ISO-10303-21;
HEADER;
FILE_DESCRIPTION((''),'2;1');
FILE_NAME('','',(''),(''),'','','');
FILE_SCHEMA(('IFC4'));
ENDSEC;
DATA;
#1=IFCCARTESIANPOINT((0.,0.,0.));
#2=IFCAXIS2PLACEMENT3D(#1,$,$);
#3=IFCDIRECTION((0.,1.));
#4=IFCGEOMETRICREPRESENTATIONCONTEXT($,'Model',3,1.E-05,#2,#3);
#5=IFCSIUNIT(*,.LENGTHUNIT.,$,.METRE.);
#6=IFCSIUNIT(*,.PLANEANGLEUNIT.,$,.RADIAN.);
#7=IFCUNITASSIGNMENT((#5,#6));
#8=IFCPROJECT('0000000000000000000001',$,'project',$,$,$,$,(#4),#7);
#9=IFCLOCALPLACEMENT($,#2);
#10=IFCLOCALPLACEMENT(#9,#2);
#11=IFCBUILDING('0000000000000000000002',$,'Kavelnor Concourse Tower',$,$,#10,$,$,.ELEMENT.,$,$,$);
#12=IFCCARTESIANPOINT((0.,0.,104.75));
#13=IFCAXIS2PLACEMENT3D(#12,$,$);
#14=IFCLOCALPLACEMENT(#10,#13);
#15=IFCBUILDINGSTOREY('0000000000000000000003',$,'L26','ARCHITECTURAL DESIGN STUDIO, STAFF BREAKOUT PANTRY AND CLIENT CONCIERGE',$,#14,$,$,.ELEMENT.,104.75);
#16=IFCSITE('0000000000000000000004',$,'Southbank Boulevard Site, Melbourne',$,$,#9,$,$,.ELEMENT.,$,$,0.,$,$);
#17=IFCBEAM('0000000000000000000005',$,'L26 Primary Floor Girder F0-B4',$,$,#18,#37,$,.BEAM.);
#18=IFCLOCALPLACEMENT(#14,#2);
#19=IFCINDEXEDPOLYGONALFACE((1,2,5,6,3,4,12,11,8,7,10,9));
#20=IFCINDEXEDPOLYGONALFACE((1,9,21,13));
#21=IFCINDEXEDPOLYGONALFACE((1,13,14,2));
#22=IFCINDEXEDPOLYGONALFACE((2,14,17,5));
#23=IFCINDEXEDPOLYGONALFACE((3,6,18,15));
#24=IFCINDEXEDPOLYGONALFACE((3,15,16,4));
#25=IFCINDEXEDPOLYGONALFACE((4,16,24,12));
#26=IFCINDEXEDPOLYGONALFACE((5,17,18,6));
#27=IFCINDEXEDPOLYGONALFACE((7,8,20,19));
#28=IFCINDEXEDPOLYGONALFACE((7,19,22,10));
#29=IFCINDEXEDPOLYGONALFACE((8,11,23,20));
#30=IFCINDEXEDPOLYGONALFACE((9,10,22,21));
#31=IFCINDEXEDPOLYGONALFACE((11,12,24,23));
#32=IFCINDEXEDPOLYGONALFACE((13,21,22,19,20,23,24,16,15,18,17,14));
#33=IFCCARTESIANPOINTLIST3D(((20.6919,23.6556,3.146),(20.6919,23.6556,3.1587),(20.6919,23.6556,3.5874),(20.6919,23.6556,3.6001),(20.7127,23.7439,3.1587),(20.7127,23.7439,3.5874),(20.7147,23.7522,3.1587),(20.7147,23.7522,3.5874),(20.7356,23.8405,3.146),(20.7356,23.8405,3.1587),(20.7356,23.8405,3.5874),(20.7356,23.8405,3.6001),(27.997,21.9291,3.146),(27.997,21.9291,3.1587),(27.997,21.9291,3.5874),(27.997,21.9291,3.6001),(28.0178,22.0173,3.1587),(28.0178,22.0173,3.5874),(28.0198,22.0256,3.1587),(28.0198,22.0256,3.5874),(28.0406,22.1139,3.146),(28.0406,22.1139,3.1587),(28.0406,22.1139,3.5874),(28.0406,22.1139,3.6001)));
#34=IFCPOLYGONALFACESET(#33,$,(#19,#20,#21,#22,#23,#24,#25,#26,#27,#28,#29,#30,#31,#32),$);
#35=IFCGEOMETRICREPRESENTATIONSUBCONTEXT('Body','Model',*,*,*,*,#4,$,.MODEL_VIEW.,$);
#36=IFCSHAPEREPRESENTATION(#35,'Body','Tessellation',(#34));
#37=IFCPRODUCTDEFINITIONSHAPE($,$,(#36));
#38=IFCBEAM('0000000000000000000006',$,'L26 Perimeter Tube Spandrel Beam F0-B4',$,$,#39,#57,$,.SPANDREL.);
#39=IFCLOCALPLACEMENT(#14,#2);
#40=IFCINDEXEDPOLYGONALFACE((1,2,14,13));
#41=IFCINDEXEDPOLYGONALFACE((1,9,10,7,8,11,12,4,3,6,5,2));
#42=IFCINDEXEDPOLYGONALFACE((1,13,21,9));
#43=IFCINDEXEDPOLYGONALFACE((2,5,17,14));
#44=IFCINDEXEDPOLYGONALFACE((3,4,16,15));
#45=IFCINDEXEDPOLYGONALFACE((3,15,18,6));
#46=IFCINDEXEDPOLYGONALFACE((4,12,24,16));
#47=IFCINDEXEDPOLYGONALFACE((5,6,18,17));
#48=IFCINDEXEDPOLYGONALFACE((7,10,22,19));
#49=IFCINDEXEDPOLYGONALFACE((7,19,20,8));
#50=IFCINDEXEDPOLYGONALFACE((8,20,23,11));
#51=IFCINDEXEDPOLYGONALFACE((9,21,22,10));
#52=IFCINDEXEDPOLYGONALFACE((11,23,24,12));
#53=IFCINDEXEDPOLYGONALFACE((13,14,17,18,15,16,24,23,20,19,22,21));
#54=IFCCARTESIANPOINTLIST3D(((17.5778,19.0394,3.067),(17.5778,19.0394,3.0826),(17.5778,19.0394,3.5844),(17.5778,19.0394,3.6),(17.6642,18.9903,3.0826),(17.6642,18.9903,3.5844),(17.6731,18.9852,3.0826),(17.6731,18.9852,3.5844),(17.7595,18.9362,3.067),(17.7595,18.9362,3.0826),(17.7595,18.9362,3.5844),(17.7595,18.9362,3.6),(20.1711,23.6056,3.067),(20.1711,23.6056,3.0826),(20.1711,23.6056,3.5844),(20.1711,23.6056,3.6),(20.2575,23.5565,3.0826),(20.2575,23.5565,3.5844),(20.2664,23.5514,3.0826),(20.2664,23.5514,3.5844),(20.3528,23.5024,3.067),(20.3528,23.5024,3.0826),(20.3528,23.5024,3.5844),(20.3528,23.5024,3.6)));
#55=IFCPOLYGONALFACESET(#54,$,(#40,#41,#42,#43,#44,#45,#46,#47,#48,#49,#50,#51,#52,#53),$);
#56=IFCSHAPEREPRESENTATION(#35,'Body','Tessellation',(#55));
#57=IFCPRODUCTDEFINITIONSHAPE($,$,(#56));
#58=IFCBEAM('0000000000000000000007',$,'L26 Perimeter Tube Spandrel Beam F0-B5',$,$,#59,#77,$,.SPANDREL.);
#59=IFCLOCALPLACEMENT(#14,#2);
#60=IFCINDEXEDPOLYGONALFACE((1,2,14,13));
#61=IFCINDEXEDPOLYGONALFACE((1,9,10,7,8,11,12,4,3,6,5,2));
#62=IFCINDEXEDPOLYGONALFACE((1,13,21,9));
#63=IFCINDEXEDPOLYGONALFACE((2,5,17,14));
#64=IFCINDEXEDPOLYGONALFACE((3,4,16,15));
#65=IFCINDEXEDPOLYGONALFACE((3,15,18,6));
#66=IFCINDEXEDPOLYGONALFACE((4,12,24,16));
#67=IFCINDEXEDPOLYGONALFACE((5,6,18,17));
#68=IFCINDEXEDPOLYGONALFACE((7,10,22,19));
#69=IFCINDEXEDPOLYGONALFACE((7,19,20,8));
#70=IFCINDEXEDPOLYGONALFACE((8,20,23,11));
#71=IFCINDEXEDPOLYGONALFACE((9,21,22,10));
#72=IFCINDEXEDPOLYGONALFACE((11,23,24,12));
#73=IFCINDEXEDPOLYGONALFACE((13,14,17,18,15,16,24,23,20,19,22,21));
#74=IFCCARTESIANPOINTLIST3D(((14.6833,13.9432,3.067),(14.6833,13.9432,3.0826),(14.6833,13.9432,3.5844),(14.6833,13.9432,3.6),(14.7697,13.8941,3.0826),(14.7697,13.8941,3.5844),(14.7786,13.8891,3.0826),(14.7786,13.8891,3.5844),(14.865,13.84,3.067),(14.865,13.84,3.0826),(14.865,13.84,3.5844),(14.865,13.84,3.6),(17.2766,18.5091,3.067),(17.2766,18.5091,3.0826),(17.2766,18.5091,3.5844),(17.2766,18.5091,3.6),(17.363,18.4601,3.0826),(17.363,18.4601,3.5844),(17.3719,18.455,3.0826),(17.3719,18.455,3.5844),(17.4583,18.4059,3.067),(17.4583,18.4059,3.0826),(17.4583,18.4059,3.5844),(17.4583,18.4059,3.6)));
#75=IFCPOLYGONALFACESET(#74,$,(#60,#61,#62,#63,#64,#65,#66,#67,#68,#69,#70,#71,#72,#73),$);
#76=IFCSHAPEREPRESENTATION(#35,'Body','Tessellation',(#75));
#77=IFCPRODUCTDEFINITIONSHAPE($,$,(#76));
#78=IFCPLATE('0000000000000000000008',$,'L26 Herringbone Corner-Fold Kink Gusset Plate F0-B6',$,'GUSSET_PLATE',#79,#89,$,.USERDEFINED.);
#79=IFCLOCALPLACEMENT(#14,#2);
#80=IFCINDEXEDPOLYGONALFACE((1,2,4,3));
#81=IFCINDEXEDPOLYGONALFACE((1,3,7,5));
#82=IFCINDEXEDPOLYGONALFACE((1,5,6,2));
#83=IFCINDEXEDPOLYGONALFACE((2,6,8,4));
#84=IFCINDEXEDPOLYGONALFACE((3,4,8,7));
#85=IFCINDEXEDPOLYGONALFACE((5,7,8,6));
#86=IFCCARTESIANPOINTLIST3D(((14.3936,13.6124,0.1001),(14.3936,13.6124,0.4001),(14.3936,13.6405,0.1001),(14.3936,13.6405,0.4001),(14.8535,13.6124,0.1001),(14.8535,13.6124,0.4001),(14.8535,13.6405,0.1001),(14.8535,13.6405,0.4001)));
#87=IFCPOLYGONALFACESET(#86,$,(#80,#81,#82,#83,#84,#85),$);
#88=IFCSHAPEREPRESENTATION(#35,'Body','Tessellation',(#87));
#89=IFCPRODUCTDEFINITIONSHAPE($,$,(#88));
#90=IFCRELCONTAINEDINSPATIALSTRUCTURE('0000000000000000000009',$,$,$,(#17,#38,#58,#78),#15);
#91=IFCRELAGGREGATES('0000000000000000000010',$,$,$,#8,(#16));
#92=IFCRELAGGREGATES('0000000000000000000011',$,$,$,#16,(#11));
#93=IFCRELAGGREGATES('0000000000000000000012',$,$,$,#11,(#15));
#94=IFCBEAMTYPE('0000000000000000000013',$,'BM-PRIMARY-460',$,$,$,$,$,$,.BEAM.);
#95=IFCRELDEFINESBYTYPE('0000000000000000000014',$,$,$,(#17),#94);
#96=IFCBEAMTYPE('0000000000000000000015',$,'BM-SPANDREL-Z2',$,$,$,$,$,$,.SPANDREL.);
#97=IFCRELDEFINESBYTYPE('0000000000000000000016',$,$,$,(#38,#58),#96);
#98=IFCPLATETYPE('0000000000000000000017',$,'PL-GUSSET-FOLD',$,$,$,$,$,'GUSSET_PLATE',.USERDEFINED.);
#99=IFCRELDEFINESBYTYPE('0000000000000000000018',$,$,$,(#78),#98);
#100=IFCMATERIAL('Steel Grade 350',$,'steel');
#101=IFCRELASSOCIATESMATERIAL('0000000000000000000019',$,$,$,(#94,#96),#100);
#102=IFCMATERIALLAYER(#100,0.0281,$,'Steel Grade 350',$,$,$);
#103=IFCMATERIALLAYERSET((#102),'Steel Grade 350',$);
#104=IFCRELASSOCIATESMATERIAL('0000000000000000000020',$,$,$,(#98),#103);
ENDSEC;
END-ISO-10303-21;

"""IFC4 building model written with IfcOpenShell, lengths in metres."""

from ifc_helpers import new_model, si_unit, direction, frame, origin, origin_2d, place, context, subcontext, project, spatial, rectangle, i_section, extrude, material, layer, layer_set, material_profile, profile_set, type_object, element, save


model = new_model("IFC4")

# Units and contexts
model_context = context("Model", 3, precision=1e-05, world=origin(), true_north=direction((0.0, 1.0)))
body_context = subcontext(model_context, "Body", "Model", "MODEL_VIEW")
ifc_project = project(units=[si_unit("LENGTHUNIT", "METRE"), si_unit("PLANEANGLEUNIT", "RADIAN")], contexts=[model_context])

# Site, building, storey
site_placement = place(None, origin())
site = spatial("IfcSite", under=ifc_project, at=site_placement, Name="Southbank Boulevard Site, Melbourne", CompositionType="ELEMENT", RefElevation=0.0)
building_placement = place(site_placement, origin())
building = spatial("IfcBuilding", under=site, at=building_placement, Name="Kavelnor Concourse Tower", CompositionType="ELEMENT")
storey_placement = place(building_placement, frame((0.0, 0.0, 104.75)))
storey = spatial("IfcBuildingStorey", under=building, at=storey_placement, Name="L26", Description="ARCHITECTURAL DESIGN STUDIO, STAFF BREAKOUT PANTRY AND CLIENT CONCIERGE", CompositionType="ELEMENT", Elevation=104.75)

# Shared definitions
ifc_material_1 = material(Name="Steel Grade 350", Category="steel")

# Beams
ifc_material_profile_1 = material_profile(ifc_material_1, i_section(OverallWidth=0.1899, OverallDepth=0.4541, WebThickness=0.0085, FlangeThickness=0.0127, at=origin_2d()), Name="460UB67")
ifc_profile_set_1 = profile_set([ifc_material_profile_1], Name="Steel Grade 350")
beam_type_1 = type_object("IfcBeamType", Name="BM-PRIMARY-460", PredefinedType="BEAM", material=ifc_profile_set_1)
beam_1_placement = place(storey_placement, frame((28.0188, 22.0215, 3.373), z_axis=(-0.973188, 0.230011, 0.0), x_axis=(-0.230011, -0.973188, 0.0)))
element("IfcBeam", 1, at=beam_1_placement, inside=storey, type_object=beam_type_1, Name="L26 Primary Floor Girder F0-B4", PredefinedType="BEAM", context=body_context, shape_type="SweptSolid", body=[
    extrude(i_section(OverallWidth=0.1899, OverallDepth=0.4541, WebThickness=0.0085, FlangeThickness=0.0127, at=origin_2d()), origin(), (0.0, 0.0, 1.0), 7.5063),
])
ifc_material_profile_2 = material_profile(ifc_material_1, i_section(OverallWidth=0.209, OverallDepth=0.533, WebThickness=0.0103, FlangeThickness=0.0156, at=origin_2d()), Name="530UB92")
ifc_profile_set_2 = profile_set([ifc_material_profile_2], Name="Steel Grade 350")
beam_type_2 = type_object("IfcBeamType", Name="BM-SPANDREL-Z2", PredefinedType="SPANDREL", material=ifc_profile_set_2)
beam_2_placement = place(storey_placement, frame((20.262, 23.554, 3.3335), z_axis=(-0.493844, -0.86955, 0.0), x_axis=(0.86955, -0.493844, 0.0)))
element("IfcBeam", 2, at=beam_2_placement, inside=storey, type_object=beam_type_2, Name="L26 Perimeter Tube Spandrel Beam F0-B4", PredefinedType="SPANDREL", context=body_context, shape_type="SweptSolid", body=[
    extrude(i_section(OverallWidth=0.209, OverallDepth=0.533, WebThickness=0.0103, FlangeThickness=0.0156, at=origin_2d()), origin(), (0.0, 0.0, 1.0), 5.2512),
])
beam_3_placement = place(storey_placement, frame((17.3674, 18.4575, 3.3335), z_axis=(-0.493864, -0.869539, 0.0), x_axis=(0.869539, -0.493864, 0.0)))
element("IfcBeam", 3, at=beam_3_placement, inside=storey, type_object=beam_type_2, Name="L26 Perimeter Tube Spandrel Beam F0-B5", PredefinedType="SPANDREL", context=body_context, shape_type="SweptSolid", body=[
    extrude(i_section(OverallWidth=0.209, OverallDepth=0.533, WebThickness=0.0103, FlangeThickness=0.0156, at=origin_2d()), origin(), (0.0, 0.0, 1.0), 5.251),
])

# Plate
ifc_layer_1 = layer(ifc_material_1, 0.0281, Name="Steel Grade 350")
ifc_layer_set_1 = layer_set([ifc_layer_1], Name="Steel Grade 350")
plate_type = type_object("IfcPlateType", Name="PL-GUSSET-FOLD", ElementType="GUSSET_PLATE", PredefinedType="USERDEFINED", material=ifc_layer_set_1)
plate_placement = place(storey_placement, frame((14.6235, 13.6265, 0.1001), z_axis=(0.0, 0.0, 1.0), x_axis=(1.0, 0.0, 0.0)))
element("IfcPlate", 4, at=plate_placement, inside=storey, type_object=plate_type, Name="L26 Herringbone Corner-Fold Kink Gusset Plate F0-B6", ObjectType="GUSSET_PLATE", PredefinedType="USERDEFINED", context=body_context, shape_type="SweptSolid", body=[
    extrude(rectangle(XDim=0.46, YDim=0.0281, at=origin_2d()), origin(), (0.0, 0.0, 1.0), 0.3),
])

save(model, "model.ifc")
